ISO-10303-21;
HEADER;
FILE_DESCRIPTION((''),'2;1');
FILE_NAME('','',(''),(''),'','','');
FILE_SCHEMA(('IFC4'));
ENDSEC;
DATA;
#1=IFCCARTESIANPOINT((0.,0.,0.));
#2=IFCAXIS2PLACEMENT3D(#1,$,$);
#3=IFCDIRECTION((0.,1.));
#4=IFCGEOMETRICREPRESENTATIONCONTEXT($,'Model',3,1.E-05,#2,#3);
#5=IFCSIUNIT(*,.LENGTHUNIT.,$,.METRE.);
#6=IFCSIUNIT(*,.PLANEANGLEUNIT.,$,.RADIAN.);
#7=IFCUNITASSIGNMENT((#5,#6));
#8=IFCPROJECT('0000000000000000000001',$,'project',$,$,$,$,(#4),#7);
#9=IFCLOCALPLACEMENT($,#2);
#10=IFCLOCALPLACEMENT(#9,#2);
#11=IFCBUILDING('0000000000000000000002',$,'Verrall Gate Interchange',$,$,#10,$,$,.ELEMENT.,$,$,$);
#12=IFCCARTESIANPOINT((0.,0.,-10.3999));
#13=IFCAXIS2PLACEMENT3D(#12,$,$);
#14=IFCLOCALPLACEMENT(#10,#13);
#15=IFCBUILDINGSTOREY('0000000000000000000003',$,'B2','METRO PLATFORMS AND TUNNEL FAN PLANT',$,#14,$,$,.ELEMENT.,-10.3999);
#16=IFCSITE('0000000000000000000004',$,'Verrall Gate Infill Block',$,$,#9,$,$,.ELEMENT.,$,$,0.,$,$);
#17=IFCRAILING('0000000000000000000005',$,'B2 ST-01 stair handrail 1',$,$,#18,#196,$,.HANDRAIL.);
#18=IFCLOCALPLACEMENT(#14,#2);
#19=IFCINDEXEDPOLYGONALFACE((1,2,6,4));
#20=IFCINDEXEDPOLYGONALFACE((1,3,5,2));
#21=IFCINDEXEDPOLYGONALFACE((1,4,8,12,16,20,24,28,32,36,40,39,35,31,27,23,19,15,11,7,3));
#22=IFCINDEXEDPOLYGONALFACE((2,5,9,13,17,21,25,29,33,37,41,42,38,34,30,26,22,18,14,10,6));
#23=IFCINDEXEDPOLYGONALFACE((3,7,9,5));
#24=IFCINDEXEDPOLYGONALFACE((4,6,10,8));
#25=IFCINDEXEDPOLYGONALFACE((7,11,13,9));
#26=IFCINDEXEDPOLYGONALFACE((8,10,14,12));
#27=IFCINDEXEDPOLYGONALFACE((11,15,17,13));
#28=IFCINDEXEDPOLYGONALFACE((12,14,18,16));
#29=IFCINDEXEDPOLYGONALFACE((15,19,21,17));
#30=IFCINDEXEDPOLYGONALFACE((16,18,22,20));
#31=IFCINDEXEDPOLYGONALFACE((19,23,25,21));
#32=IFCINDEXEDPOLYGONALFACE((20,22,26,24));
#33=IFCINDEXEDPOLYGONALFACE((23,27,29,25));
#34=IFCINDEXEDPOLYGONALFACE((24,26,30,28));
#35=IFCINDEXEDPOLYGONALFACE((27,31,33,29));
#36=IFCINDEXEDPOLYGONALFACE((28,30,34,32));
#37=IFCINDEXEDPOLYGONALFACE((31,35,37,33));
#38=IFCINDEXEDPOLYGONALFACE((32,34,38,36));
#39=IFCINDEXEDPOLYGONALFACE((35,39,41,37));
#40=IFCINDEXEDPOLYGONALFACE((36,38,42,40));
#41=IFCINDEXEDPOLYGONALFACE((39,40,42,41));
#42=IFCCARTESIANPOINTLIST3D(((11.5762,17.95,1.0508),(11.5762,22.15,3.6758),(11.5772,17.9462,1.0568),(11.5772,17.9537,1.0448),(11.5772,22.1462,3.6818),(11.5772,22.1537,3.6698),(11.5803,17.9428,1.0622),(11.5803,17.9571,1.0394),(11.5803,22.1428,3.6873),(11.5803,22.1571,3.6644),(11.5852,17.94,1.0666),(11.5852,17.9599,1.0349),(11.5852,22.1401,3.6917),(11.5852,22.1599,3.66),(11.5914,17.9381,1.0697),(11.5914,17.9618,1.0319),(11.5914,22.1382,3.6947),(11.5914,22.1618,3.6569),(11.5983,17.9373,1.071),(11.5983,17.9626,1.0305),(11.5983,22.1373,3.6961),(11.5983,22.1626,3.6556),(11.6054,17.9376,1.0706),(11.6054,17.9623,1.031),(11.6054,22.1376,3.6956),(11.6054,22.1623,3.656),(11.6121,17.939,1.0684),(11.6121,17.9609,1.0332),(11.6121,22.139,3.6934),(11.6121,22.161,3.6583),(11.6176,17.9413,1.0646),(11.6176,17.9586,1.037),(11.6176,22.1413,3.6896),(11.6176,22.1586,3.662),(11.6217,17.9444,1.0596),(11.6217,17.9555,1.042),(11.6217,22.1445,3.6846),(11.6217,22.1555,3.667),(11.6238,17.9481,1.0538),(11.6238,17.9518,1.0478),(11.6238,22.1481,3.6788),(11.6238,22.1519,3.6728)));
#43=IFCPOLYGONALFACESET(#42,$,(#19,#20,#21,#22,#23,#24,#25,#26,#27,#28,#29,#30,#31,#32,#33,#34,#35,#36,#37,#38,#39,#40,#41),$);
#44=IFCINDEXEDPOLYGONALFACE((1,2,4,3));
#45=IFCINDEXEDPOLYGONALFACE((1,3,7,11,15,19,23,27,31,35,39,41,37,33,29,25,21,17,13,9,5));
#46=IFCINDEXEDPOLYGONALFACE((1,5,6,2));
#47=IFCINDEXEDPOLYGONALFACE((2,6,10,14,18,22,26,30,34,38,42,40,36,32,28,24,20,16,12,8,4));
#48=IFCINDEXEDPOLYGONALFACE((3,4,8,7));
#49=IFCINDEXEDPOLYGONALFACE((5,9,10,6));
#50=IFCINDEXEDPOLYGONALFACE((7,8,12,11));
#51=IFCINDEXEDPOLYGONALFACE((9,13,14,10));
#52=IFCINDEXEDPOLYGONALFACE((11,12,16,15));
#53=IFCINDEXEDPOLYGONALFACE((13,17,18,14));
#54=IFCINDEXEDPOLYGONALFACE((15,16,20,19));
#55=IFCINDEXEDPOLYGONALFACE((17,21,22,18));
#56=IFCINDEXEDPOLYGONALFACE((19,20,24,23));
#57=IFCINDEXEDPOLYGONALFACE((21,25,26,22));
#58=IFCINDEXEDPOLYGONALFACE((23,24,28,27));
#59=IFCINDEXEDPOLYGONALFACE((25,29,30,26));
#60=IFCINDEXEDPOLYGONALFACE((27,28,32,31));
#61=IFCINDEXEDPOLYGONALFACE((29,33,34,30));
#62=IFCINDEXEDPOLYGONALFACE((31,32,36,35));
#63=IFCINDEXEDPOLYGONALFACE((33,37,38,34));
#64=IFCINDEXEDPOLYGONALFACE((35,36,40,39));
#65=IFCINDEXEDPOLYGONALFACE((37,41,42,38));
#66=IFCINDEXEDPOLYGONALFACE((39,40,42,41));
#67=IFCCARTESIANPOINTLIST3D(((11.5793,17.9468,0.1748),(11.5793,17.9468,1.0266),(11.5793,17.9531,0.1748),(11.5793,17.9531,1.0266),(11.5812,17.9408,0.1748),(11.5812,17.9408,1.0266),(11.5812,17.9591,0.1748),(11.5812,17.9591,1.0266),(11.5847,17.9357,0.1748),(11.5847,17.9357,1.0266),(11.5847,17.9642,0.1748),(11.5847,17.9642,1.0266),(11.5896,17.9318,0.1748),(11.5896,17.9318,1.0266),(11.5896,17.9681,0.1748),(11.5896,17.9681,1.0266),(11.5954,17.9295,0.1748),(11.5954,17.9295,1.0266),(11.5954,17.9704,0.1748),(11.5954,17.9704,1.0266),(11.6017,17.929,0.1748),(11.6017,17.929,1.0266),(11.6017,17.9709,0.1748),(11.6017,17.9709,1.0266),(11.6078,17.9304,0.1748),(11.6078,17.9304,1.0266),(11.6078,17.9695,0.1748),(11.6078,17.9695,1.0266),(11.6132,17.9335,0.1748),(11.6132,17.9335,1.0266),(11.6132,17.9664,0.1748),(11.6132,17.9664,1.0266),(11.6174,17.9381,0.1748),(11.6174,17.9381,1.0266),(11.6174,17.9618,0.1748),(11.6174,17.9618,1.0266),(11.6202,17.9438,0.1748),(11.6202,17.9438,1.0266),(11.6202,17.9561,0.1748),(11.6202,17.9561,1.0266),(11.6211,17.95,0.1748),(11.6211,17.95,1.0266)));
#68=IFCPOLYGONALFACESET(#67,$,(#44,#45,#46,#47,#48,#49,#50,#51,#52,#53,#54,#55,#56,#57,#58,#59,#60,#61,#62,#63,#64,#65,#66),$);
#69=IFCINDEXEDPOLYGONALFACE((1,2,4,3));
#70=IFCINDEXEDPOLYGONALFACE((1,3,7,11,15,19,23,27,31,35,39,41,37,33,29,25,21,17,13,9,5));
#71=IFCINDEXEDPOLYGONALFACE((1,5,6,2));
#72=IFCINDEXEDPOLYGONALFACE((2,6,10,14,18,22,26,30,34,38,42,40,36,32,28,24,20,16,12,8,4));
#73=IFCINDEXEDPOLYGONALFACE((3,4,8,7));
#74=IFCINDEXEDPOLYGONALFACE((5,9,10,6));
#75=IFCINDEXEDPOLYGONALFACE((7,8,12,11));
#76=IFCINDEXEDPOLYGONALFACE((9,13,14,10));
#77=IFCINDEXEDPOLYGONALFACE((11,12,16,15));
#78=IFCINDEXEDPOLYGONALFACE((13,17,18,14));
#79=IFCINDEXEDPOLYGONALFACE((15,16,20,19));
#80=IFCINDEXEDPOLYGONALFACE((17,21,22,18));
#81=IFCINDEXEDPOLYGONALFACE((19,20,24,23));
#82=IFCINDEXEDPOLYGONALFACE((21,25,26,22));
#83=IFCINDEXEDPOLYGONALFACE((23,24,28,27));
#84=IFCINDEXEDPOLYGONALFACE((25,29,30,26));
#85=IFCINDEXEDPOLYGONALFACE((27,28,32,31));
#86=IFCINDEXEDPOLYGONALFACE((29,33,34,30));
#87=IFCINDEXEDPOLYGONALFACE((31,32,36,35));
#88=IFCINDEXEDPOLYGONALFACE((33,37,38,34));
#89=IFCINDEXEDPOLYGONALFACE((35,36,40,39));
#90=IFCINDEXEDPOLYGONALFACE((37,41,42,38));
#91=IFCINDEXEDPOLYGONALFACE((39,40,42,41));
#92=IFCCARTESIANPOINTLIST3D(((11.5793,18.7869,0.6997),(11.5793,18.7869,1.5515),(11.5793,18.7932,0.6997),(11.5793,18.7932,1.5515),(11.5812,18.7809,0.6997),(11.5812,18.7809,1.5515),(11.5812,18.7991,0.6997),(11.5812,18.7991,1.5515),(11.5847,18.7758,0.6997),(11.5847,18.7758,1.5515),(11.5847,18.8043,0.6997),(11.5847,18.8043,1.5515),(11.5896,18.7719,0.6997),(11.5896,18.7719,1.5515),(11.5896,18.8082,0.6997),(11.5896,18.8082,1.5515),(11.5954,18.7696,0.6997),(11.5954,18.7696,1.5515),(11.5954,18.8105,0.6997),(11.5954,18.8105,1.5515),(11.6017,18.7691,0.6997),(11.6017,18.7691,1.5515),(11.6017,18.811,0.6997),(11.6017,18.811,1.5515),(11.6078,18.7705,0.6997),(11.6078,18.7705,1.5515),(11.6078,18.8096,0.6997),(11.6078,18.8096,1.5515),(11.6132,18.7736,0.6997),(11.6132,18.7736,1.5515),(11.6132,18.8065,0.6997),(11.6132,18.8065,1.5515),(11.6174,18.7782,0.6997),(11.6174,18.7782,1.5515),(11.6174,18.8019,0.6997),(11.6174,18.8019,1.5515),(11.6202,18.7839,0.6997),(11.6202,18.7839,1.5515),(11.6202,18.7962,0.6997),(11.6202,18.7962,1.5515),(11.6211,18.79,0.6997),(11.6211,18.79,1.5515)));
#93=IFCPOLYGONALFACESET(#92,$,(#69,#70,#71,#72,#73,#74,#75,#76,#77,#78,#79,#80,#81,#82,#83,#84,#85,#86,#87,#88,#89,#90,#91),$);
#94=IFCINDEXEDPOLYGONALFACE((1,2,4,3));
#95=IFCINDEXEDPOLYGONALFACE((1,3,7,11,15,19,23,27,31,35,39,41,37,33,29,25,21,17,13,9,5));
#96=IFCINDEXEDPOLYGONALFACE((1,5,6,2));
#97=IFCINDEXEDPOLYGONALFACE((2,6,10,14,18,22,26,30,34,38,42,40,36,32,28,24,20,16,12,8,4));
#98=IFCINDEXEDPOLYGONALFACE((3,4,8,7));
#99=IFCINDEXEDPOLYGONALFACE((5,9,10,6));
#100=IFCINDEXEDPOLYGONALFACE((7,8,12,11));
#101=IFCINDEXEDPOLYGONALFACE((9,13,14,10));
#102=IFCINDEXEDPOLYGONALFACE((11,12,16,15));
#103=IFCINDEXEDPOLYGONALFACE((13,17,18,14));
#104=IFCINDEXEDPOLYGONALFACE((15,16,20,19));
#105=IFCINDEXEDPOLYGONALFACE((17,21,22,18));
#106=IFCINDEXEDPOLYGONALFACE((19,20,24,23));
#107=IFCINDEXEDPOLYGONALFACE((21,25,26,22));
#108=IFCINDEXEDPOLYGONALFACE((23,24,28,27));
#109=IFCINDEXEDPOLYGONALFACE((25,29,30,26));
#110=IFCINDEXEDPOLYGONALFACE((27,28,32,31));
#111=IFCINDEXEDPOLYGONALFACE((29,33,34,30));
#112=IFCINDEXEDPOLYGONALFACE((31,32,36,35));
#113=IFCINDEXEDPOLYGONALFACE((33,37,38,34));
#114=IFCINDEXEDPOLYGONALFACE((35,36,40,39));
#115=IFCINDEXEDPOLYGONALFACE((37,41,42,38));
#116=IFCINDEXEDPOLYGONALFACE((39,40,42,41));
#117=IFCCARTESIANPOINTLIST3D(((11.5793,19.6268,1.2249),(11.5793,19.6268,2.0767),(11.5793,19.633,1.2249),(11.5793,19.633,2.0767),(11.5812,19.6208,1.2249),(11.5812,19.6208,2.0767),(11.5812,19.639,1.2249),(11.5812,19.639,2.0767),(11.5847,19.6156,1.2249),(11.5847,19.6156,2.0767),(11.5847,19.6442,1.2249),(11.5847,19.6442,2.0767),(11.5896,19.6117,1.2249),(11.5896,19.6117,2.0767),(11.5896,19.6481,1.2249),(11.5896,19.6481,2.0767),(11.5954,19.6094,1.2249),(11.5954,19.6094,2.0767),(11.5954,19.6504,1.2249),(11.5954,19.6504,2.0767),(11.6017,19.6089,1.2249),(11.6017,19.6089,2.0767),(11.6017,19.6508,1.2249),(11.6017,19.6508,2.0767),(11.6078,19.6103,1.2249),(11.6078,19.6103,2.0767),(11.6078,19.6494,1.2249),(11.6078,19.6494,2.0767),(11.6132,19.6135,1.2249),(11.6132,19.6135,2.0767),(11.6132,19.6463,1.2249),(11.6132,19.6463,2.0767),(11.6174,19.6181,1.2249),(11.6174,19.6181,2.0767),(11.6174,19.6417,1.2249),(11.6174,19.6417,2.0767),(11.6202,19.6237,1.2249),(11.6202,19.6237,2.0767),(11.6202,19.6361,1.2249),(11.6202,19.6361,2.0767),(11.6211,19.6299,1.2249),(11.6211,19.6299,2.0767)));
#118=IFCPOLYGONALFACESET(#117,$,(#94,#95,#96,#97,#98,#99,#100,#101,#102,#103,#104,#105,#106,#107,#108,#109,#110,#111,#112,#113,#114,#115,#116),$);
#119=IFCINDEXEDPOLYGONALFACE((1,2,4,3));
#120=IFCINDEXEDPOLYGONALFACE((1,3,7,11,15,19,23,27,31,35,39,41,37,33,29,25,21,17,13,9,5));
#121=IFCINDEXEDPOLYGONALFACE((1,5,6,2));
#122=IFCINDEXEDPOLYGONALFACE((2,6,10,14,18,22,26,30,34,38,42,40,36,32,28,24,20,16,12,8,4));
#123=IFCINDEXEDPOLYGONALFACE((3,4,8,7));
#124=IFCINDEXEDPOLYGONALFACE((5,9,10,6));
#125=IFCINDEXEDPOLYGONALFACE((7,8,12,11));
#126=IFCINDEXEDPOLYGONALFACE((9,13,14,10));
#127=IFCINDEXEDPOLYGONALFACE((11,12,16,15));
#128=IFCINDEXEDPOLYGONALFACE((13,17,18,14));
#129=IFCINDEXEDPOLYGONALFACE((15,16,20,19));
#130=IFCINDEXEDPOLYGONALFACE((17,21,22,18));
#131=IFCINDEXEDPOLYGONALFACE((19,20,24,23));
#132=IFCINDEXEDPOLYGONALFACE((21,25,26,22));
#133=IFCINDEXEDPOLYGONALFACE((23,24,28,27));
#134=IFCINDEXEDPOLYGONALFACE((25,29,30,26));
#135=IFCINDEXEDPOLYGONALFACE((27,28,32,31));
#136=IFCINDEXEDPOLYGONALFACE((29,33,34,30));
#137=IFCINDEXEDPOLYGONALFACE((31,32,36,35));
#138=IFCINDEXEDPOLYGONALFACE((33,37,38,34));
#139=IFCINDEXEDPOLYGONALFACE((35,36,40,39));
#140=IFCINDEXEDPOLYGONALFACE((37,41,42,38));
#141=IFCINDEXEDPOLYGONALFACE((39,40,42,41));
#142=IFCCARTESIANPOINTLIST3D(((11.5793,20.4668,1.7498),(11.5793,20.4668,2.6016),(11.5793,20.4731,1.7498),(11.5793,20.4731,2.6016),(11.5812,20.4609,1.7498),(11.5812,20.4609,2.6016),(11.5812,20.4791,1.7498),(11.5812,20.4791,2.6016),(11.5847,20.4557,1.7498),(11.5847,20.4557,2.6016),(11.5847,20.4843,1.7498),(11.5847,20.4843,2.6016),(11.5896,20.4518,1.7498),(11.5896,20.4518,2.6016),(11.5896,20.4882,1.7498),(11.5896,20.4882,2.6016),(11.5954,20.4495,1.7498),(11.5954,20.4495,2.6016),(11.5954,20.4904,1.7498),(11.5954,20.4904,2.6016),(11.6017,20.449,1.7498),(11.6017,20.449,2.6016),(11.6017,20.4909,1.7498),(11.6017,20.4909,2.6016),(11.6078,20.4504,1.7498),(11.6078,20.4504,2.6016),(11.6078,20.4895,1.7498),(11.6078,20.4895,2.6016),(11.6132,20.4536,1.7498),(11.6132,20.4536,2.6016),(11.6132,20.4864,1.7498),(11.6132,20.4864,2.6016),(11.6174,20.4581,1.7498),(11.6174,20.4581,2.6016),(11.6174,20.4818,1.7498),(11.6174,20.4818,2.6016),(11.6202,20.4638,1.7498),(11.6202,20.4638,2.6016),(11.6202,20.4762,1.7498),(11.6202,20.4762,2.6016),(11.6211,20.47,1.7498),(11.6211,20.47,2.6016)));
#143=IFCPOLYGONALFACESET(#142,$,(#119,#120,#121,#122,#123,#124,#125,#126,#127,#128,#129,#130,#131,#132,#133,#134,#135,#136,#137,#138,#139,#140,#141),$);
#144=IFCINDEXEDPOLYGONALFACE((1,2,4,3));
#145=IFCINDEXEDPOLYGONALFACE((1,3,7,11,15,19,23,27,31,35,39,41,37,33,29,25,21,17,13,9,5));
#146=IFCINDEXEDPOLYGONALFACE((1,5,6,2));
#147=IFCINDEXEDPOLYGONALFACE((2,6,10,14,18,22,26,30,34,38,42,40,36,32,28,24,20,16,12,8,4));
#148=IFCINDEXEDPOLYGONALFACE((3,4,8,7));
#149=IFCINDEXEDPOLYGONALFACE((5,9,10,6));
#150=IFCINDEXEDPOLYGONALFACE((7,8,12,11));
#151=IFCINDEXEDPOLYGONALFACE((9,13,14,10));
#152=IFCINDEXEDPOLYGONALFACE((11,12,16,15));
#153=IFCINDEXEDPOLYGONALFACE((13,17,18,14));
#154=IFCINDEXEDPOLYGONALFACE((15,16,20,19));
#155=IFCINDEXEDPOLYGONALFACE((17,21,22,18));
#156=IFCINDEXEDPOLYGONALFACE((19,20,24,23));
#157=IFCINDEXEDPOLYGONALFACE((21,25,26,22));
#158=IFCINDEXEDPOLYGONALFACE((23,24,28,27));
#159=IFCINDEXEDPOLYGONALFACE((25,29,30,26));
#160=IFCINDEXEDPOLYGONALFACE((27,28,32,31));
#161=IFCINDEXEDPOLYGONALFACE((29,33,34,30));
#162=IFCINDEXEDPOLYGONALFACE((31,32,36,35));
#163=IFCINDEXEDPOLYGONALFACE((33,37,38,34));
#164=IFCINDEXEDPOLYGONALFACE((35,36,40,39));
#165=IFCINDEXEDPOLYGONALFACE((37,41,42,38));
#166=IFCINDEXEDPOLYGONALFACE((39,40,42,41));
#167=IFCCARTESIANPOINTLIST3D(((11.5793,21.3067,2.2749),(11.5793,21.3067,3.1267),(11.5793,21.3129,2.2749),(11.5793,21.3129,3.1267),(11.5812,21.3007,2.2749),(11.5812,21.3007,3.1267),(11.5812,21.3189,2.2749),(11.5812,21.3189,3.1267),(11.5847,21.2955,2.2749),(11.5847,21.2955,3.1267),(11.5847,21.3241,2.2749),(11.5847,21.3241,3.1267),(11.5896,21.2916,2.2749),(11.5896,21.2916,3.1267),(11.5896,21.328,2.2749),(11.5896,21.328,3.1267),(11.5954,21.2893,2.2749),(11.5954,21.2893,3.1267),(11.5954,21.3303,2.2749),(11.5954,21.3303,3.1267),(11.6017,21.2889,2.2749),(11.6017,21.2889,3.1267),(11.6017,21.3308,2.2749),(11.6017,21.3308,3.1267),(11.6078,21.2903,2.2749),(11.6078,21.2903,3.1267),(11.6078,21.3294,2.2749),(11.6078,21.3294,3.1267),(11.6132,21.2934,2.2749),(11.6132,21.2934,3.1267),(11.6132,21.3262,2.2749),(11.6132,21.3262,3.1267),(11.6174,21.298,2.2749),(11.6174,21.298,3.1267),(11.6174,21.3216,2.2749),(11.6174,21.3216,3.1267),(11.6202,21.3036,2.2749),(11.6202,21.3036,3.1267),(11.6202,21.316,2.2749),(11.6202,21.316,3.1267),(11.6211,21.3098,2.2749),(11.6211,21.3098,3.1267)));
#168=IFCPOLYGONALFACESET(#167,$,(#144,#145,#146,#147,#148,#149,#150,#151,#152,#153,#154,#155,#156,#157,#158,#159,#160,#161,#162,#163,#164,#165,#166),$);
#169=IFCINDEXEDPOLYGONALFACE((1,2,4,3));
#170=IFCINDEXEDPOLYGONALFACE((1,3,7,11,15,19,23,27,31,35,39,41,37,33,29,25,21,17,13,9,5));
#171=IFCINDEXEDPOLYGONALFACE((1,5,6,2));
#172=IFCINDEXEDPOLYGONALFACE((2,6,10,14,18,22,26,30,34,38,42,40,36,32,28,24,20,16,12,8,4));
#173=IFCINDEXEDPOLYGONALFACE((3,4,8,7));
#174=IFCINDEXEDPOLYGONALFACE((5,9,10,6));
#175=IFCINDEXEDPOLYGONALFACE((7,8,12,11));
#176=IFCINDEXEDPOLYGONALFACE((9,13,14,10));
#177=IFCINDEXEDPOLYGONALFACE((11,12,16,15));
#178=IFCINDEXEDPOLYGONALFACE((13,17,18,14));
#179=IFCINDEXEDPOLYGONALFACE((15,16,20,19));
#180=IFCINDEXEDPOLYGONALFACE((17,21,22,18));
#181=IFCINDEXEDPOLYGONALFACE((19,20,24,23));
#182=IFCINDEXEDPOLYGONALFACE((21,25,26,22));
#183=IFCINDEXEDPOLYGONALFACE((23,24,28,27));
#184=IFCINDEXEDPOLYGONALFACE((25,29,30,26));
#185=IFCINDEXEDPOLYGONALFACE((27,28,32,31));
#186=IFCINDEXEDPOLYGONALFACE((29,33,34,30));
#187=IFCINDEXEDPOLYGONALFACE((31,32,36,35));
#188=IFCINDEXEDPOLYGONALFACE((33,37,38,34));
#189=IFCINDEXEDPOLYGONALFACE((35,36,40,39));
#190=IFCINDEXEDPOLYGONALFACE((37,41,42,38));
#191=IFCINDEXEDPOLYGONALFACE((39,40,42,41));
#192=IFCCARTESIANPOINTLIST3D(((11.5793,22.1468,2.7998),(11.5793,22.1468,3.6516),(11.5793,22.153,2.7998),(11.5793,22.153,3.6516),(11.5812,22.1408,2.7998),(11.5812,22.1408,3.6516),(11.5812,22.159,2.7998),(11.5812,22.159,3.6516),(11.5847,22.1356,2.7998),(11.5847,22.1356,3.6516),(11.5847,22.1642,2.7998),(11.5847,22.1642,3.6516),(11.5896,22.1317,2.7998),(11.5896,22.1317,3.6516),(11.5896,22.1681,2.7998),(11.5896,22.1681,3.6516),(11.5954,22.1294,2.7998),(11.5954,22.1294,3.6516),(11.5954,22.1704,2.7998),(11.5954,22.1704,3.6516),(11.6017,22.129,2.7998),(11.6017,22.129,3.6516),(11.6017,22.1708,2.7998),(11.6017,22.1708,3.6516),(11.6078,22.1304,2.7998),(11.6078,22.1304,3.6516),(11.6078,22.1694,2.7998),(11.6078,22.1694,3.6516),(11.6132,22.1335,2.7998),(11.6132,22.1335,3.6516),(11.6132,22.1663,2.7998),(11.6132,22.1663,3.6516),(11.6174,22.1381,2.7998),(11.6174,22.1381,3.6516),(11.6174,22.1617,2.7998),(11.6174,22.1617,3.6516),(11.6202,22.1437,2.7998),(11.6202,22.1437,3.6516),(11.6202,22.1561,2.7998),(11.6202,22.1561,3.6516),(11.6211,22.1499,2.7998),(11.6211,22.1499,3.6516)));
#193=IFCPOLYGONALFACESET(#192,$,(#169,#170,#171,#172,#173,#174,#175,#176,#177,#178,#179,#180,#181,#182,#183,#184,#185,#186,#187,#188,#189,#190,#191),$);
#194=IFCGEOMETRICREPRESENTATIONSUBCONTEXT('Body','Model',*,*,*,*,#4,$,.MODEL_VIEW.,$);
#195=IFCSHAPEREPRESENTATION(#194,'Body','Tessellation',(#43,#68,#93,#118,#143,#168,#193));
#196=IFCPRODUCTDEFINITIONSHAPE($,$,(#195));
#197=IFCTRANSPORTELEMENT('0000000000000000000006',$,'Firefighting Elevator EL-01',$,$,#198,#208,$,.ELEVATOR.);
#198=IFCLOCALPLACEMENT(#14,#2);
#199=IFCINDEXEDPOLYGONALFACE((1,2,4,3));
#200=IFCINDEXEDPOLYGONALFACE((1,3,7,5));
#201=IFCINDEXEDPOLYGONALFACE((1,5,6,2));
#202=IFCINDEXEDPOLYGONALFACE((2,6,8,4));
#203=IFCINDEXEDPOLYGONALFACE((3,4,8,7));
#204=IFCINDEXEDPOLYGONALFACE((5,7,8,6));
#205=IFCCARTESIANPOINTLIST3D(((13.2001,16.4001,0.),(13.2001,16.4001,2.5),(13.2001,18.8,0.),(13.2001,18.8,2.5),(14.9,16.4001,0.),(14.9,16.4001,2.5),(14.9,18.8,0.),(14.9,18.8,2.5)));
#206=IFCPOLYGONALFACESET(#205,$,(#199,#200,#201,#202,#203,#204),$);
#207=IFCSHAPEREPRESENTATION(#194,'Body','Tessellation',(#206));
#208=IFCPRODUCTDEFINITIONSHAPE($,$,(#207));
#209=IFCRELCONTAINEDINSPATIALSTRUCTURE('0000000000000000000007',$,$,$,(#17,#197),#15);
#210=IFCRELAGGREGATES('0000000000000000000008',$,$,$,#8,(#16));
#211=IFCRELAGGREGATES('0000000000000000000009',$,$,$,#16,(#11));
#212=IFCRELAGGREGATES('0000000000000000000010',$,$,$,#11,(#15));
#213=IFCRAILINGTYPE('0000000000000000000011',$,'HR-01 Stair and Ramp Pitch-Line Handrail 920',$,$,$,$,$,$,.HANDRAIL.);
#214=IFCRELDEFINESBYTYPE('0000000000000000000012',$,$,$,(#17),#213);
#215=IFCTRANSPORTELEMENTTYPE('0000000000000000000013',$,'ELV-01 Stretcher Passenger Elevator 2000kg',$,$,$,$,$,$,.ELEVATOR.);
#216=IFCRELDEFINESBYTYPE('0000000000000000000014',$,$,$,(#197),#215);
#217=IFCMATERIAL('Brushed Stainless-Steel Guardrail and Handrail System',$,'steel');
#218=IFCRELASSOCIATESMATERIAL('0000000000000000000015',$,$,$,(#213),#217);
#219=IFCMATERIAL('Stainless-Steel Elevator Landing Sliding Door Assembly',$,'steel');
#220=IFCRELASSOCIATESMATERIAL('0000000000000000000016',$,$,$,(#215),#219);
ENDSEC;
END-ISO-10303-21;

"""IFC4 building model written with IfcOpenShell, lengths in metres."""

from ifc_helpers import new_model, si_unit, direction, frame, origin, origin_2d, place, context, subcontext, project, spatial, rectangle, circle, extrude, material, type_object, element, save


model = new_model("IFC4")

# Units and contexts
model_context = context("Model", 3, precision=1e-05, world=origin(), true_north=direction((0.0, 1.0)))
body_context = subcontext(model_context, "Body", "Model", "MODEL_VIEW")
ifc_project = project(units=[si_unit("LENGTHUNIT", "METRE"), si_unit("PLANEANGLEUNIT", "RADIAN")], contexts=[model_context])

# Site, building, storey
site_placement = place(None, origin())
site = spatial("IfcSite", under=ifc_project, at=site_placement, Name="Verrall Gate Infill Block", CompositionType="ELEMENT", RefElevation=0.0)
building_placement = place(site_placement, origin())
building = spatial("IfcBuilding", under=site, at=building_placement, Name="Verrall Gate Interchange", CompositionType="ELEMENT")
storey_placement = place(building_placement, frame((0.0, 0.0, -10.3999)))
storey = spatial("IfcBuildingStorey", under=building, at=storey_placement, Name="B2", Description="METRO PLATFORMS AND TUNNEL FAN PLANT", CompositionType="ELEMENT", Elevation=-10.3999)

# Railing
ifc_material_1 = material(Name="Brushed Stainless-Steel Guardrail and Handrail System", Category="steel")
railing_type = type_object("IfcRailingType", Name="HR-01 Stair and Ramp Pitch-Line Handrail 920", PredefinedType="HANDRAIL", material=ifc_material_1)
railing_placement = place(storey_placement, frame((11.6001, 17.95, 0.1748)))
element("IfcRailing", 1, at=railing_placement, inside=storey, type_object=railing_type, Name="B2 ST-01 stair handrail 1", PredefinedType="HANDRAIL", context=body_context, shape_type="SweptSolid", body=[
    extrude(circle(Radius=0.0239, at=origin_2d()), frame((0.0, 0.0, 0.876), z_axis=(0.0, 0.847996, 0.530003), x_axis=(-1.0, 0.0, 0.0)), (0.0, 0.0, 1.0), 4.9529),
    extrude(circle(Radius=0.021, at=origin_2d()), origin(), (0.0, 0.0, 1.0), 0.8518),
    extrude(circle(Radius=0.021, at=origin_2d()), frame((0.0, 0.8401, 0.5249)), (0.0, 0.0, 1.0), 0.8518),
    extrude(circle(Radius=0.021, at=origin_2d()), frame((0.0, 1.6799, 1.05)), (0.0, 0.0, 1.0), 0.8518),
    extrude(circle(Radius=0.021, at=origin_2d()), frame((0.0, 2.52, 1.575)), (0.0, 0.0, 1.0), 0.8518),
    extrude(circle(Radius=0.021, at=origin_2d()), frame((0.0, 3.3599, 2.1001)), (0.0, 0.0, 1.0), 0.8518),
    extrude(circle(Radius=0.021, at=origin_2d()), frame((0.0, 4.2, 2.625)), (0.0, 0.0, 1.0), 0.8518),
])

# Transport element
ifc_material_2 = material(Name="Stainless-Steel Elevator Landing Sliding Door Assembly", Category="steel")
transport_element_type = type_object("IfcTransportElementType", Name="ELV-01 Stretcher Passenger Elevator 2000kg", PredefinedType="ELEVATOR", material=ifc_material_2)
transport_element_placement = place(storey_placement, frame((14.05, 17.6001, 0.0), z_axis=(0.0, 0.0, 1.0), x_axis=(1.0, 0.0, 0.0)))
element("IfcTransportElement", 2, at=transport_element_placement, inside=storey, type_object=transport_element_type, Name="Firefighting Elevator EL-01", PredefinedType="ELEVATOR", context=body_context, shape_type="SweptSolid", body=[
    extrude(rectangle(XDim=1.7, YDim=2.3999, at=origin_2d()), origin(), (0.0, 0.0, 1.0), 2.5),
])

save(model, "model.ifc")
